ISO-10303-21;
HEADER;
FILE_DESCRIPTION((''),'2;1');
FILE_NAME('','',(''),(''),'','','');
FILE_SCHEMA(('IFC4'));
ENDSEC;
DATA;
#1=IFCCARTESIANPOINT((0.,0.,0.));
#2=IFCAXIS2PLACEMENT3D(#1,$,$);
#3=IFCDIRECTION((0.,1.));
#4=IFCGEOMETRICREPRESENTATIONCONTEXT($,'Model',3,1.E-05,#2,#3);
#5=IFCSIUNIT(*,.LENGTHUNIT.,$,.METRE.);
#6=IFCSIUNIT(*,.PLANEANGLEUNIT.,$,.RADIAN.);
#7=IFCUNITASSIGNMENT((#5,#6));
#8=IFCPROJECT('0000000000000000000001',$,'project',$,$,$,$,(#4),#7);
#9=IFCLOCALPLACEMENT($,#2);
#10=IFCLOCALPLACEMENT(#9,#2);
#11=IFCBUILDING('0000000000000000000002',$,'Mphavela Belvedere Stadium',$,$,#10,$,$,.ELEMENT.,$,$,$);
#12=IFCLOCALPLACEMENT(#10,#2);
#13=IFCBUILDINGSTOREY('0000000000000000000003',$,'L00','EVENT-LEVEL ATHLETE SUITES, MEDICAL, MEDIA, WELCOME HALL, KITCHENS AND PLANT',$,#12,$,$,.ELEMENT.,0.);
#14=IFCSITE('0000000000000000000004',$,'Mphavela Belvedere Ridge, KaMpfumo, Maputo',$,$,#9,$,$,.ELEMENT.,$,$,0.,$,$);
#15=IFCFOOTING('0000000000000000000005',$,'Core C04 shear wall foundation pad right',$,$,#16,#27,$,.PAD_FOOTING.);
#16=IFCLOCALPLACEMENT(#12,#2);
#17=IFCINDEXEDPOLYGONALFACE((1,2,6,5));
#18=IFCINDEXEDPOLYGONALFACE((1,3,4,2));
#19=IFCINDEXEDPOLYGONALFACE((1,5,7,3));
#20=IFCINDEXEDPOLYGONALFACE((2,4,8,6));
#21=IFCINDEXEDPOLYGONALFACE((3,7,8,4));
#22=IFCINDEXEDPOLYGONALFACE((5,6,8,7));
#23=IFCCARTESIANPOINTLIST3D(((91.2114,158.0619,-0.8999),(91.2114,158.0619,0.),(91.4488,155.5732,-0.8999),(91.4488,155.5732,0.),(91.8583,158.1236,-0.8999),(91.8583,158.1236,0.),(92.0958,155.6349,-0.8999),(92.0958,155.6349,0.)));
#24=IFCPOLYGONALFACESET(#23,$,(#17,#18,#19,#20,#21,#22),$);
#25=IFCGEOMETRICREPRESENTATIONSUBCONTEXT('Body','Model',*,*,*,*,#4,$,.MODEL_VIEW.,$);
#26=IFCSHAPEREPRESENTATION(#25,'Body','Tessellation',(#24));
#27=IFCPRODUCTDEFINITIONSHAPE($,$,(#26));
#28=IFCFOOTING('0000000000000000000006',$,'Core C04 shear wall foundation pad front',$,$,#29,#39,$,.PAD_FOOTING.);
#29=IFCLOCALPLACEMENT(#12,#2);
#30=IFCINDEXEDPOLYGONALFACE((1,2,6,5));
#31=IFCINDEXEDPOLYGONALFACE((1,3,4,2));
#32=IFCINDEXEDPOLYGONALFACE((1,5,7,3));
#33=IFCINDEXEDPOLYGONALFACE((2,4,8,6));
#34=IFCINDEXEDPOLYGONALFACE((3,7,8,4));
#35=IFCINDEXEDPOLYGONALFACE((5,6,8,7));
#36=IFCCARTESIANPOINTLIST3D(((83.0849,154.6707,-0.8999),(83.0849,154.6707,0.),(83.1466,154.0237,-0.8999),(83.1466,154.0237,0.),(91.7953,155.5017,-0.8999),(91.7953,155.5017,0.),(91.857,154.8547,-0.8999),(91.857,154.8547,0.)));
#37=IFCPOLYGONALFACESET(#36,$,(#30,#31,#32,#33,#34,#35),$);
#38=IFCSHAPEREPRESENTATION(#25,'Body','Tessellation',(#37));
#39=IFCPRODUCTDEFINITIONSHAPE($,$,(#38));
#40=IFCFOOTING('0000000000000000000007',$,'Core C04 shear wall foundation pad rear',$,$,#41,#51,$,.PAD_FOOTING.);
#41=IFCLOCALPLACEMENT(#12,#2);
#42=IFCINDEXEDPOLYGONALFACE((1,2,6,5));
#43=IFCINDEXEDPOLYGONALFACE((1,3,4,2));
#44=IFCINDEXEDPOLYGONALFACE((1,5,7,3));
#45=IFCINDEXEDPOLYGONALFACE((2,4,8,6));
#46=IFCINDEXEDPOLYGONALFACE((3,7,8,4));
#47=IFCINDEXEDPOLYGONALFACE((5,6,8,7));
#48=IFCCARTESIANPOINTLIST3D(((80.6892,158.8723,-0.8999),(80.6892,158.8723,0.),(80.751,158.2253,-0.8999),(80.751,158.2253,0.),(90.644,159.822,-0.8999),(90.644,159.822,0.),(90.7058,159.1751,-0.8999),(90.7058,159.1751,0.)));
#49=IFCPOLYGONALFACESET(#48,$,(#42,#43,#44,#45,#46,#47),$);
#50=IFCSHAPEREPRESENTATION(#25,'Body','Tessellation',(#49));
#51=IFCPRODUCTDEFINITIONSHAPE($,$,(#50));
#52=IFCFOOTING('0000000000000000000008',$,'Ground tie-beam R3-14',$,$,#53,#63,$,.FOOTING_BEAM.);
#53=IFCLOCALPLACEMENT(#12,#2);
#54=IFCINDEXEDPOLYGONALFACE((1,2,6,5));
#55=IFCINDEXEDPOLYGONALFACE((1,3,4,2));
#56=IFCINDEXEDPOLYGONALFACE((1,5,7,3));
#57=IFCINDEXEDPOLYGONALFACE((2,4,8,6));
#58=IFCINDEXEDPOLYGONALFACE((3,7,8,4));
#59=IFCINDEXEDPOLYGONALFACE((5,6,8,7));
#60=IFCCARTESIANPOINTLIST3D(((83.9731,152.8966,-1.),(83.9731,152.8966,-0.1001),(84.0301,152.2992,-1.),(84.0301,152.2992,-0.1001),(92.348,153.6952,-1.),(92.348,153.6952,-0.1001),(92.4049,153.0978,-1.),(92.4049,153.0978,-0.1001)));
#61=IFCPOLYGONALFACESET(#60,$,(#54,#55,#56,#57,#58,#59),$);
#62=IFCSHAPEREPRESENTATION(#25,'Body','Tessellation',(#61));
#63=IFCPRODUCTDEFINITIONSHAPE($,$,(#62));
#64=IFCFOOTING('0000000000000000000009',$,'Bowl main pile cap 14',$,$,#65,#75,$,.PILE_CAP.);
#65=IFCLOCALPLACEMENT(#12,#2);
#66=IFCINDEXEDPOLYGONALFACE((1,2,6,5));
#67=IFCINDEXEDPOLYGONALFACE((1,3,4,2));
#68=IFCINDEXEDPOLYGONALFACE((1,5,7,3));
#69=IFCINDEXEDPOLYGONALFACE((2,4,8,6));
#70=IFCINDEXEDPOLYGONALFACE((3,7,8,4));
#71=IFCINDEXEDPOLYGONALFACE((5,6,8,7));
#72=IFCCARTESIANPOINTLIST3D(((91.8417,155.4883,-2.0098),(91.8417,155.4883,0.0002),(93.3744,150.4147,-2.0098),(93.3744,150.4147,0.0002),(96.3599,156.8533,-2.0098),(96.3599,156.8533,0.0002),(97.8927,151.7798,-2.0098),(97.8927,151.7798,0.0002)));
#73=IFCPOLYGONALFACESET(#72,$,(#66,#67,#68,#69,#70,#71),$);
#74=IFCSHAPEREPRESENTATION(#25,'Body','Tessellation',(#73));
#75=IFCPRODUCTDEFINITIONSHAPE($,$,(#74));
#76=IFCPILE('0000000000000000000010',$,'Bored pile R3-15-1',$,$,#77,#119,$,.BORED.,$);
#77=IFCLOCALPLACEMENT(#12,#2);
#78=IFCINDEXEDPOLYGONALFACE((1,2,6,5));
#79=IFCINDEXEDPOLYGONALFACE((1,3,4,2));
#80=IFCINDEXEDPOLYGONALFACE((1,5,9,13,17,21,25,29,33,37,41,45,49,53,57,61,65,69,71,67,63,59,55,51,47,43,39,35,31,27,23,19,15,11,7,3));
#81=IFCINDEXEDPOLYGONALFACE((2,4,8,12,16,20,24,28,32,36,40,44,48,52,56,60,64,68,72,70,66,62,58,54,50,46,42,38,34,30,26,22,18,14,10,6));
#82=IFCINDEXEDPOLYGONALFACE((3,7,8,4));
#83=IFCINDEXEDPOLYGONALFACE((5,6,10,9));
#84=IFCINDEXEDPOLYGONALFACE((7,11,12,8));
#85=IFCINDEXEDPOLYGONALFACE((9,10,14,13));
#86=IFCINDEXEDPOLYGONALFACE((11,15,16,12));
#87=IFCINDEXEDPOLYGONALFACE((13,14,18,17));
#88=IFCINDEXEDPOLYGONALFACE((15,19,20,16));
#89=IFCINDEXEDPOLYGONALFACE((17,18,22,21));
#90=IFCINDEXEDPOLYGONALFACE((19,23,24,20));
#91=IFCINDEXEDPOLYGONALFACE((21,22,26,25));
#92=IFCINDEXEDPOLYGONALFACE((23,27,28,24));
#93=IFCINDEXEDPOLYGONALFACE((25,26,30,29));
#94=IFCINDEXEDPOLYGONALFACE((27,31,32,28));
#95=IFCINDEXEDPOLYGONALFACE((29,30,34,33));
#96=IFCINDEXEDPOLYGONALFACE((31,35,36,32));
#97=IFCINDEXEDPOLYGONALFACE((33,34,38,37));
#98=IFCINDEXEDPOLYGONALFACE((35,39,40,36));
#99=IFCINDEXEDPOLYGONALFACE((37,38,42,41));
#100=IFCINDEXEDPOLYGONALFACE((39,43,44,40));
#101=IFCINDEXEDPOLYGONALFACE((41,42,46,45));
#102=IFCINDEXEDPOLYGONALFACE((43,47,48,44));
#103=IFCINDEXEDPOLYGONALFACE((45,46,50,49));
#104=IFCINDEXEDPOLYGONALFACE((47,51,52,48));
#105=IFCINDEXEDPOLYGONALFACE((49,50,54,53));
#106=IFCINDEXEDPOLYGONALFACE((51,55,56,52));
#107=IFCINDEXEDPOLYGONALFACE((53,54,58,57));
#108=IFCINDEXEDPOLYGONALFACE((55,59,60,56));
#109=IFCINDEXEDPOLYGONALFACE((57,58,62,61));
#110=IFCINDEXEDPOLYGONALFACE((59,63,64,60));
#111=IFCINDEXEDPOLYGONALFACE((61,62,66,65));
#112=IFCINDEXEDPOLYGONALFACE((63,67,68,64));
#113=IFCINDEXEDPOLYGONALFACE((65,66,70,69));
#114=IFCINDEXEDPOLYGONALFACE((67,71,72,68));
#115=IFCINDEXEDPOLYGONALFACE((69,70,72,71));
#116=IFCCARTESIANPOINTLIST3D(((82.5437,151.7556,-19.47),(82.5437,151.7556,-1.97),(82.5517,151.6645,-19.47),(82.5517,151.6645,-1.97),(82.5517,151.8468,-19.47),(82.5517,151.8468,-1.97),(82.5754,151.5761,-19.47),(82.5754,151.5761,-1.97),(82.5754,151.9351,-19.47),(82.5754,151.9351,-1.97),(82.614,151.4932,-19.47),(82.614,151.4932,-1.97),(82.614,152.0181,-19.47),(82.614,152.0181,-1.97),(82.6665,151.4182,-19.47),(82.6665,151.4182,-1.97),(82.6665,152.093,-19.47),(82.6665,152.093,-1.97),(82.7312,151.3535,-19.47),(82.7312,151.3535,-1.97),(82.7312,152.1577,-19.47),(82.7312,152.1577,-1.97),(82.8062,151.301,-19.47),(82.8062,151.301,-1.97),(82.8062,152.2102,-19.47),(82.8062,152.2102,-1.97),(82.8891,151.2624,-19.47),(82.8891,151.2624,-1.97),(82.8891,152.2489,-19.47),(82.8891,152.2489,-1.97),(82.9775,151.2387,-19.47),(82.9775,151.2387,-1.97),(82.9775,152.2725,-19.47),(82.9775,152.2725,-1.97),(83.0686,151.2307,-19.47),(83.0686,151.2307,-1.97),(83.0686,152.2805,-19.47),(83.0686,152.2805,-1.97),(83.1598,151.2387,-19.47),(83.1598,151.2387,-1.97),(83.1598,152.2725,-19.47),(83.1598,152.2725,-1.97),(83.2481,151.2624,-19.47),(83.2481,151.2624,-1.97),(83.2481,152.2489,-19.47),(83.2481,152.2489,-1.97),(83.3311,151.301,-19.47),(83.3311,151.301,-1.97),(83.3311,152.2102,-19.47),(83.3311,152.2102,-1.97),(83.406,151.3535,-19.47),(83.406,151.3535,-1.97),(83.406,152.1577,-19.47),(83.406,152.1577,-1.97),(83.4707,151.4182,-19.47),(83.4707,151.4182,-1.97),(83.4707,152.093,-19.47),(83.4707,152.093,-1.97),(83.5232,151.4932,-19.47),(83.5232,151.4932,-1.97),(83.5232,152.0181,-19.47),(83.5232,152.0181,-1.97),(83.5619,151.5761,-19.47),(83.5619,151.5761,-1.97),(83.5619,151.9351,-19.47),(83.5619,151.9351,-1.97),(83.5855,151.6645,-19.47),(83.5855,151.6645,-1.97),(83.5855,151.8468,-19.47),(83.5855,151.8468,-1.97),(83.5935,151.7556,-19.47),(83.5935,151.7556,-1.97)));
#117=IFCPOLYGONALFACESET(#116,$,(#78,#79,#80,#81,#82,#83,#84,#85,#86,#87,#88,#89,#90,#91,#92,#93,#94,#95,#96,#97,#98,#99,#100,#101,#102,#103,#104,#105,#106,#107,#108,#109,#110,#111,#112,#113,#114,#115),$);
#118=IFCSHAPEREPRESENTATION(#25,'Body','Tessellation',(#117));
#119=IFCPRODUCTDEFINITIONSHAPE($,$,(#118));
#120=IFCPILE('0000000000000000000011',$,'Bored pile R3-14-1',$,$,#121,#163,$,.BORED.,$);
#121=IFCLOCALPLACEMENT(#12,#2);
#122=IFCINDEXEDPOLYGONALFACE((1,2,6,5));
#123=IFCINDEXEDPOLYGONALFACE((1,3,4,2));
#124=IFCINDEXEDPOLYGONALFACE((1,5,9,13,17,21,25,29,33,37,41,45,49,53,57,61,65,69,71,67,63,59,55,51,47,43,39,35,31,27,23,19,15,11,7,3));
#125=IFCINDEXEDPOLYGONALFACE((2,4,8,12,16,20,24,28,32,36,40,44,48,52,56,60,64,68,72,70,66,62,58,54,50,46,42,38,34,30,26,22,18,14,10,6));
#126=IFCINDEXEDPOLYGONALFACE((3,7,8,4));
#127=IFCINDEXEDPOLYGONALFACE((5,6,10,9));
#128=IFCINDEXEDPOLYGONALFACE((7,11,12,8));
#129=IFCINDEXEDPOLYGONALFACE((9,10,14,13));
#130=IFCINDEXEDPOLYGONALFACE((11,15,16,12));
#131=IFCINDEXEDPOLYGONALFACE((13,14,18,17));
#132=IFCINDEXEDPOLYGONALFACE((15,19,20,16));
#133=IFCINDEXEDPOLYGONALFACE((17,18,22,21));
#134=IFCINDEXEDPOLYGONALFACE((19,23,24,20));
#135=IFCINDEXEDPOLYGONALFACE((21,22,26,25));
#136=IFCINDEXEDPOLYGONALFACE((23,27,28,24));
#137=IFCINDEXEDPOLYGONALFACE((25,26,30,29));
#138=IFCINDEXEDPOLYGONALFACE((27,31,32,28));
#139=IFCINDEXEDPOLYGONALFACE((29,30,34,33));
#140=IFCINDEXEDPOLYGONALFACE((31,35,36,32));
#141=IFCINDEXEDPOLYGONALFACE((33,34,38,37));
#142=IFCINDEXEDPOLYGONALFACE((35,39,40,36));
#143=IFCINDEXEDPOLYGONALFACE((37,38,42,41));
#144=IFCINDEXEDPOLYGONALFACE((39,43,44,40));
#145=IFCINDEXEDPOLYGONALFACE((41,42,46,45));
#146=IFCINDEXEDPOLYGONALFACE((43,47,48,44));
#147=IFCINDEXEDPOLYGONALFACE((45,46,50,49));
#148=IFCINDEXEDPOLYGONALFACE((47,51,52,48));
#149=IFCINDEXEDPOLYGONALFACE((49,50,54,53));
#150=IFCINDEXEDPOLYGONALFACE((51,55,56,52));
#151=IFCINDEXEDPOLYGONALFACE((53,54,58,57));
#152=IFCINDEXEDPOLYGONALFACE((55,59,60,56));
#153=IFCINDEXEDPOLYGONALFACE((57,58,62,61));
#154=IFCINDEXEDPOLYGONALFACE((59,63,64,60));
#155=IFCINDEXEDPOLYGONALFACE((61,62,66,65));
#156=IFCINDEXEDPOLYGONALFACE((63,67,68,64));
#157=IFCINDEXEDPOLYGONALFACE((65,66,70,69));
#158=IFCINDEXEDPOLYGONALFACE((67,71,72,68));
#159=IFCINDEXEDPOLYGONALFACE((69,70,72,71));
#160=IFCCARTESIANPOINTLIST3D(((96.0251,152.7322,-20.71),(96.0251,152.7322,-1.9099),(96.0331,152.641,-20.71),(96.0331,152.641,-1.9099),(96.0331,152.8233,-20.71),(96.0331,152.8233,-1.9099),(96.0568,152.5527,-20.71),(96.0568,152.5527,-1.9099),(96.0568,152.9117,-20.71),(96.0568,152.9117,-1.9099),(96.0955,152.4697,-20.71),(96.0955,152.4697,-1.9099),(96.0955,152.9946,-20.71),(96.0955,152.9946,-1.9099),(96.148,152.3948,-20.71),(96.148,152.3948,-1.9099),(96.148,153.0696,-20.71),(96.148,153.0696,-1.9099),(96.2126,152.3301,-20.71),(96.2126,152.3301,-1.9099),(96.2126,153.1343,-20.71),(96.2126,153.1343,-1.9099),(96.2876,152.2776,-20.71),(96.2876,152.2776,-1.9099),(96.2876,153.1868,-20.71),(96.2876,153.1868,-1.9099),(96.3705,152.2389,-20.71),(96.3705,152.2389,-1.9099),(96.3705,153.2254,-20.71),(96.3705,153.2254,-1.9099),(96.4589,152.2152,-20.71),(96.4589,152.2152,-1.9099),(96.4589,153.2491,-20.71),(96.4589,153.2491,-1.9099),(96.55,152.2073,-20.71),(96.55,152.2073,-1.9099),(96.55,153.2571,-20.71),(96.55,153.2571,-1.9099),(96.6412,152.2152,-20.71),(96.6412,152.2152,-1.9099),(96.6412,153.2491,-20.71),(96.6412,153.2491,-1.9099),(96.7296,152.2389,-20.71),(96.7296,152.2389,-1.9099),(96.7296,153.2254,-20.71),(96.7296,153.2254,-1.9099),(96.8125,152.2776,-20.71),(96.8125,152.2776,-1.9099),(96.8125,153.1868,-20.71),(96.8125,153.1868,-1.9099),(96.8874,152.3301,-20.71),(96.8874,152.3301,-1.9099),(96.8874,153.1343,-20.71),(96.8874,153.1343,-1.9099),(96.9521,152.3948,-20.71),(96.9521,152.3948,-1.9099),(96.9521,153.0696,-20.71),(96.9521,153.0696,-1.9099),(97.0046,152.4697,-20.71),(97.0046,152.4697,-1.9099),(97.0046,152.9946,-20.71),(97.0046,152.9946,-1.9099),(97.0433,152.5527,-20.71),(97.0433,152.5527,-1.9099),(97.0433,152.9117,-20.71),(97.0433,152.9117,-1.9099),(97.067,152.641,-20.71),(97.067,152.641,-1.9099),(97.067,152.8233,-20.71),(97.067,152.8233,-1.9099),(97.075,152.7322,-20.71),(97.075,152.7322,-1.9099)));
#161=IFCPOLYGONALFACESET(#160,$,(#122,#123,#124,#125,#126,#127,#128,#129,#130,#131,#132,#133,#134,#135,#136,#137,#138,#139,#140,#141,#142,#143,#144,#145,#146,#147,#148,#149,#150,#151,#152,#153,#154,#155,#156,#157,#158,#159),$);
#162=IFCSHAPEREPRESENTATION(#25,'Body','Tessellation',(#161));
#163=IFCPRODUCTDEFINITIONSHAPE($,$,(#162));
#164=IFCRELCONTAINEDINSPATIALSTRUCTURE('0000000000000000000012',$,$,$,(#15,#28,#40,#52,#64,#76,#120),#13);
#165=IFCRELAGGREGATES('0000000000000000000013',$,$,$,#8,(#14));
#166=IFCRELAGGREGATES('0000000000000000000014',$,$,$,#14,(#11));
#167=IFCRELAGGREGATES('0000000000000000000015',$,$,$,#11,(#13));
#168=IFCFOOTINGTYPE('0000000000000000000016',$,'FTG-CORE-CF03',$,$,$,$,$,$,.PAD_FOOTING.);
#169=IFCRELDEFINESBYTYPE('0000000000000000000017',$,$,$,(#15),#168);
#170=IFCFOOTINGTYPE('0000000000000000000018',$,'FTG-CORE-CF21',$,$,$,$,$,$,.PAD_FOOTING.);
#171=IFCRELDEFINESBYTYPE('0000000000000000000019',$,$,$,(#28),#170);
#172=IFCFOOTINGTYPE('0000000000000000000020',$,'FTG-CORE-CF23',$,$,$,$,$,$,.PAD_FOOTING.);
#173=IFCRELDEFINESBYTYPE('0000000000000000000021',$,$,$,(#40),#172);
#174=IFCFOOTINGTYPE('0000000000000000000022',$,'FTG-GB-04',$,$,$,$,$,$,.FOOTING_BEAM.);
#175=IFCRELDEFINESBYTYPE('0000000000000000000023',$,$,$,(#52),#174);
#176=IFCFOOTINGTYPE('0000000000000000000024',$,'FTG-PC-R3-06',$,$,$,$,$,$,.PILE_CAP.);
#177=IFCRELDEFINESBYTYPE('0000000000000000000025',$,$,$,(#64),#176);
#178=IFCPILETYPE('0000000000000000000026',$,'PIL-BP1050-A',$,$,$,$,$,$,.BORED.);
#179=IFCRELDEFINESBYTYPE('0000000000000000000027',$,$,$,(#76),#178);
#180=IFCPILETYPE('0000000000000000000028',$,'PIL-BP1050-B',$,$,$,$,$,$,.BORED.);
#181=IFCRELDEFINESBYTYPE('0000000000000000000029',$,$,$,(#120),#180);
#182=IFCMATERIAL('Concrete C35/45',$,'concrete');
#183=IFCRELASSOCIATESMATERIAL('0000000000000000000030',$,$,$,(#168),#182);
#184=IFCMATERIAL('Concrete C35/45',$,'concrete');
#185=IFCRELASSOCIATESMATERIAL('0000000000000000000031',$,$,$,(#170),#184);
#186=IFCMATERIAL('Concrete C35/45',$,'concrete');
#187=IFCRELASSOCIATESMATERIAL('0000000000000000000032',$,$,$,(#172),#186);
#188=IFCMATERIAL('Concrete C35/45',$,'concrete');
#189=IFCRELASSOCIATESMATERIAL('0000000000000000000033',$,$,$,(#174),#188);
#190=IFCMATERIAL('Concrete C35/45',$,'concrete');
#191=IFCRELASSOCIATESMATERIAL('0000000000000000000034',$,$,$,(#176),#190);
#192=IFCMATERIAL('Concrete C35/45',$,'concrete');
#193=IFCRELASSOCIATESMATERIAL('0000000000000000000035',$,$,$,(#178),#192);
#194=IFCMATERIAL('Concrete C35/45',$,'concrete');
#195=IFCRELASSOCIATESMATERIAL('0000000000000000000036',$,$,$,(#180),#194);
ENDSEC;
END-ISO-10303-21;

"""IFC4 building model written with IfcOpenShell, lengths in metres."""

from ifc_helpers import new_model, si_unit, direction, frame, origin, origin_2d, place, context, subcontext, project, spatial, rectangle, circle, extrude, material, material_profile, profile_set, type_object, element, save


model = new_model("IFC4")

# Units and contexts
model_context = context("Model", 3, precision=1e-05, world=origin(), true_north=direction((0.0, 1.0)))
body_context = subcontext(model_context, "Body", "Model", "MODEL_VIEW")
ifc_project = project(units=[si_unit("LENGTHUNIT", "METRE"), si_unit("PLANEANGLEUNIT", "RADIAN")], contexts=[model_context])

# Site, building, storey
site_placement = place(None, origin())
site = spatial("IfcSite", under=ifc_project, at=site_placement, Name="Mphavela Belvedere Ridge, KaMpfumo, Maputo", CompositionType="ELEMENT", RefElevation=0.0)
building_placement = place(site_placement, origin())
building = spatial("IfcBuilding", under=site, at=building_placement, Name="Mphavela Belvedere Stadium", CompositionType="ELEMENT")
storey_placement = place(building_placement, origin())
storey = spatial("IfcBuildingStorey", under=building, at=storey_placement, Name="L00", Description="EVENT-LEVEL ATHLETE SUITES, MEDICAL, MEDIA, WELCOME HALL, KITCHENS AND PLANT", CompositionType="ELEMENT", Elevation=0.0)

# Footings
ifc_material_1 = material(Name="Concrete C35/45", Category="concrete")
footing_type_1 = type_object("IfcFootingType", Name="FTG-CORE-CF03", PredefinedType="PAD_FOOTING", material=ifc_material_1)
footing_1_placement = place(storey_placement, frame((91.6536, 156.8484, -0.8999), z_axis=(0.0, 0.0, 1.0), x_axis=(-0.094977, 0.995479, 0.0)))
element("IfcFooting", 1, at=footing_1_placement, inside=storey, type_object=footing_type_1, Name="Core C04 shear wall foundation pad right", PredefinedType="PAD_FOOTING", context=body_context, shape_type="SweptSolid", body=[
    extrude(rectangle(XDim=2.5, YDim=0.6499, at=origin_2d()), origin(), (0.0, 0.0, 1.0), 0.8999),
])
ifc_material_2 = material(Name="Concrete C35/45", Category="concrete")
footing_type_2 = type_object("IfcFootingType", Name="FTG-CORE-CF21", PredefinedType="PAD_FOOTING", material=ifc_material_2)
footing_2_placement = place(storey_placement, frame((87.4709, 154.7627, -0.8999), z_axis=(0.0, 0.0, 1.0), x_axis=(0.995479, 0.094977, 0.0)))
element("IfcFooting", 2, at=footing_2_placement, inside=storey, type_object=footing_type_2, Name="Core C04 shear wall foundation pad front", PredefinedType="PAD_FOOTING", context=body_context, shape_type="SweptSolid", body=[
    extrude(rectangle(XDim=8.75, YDim=0.6499, at=origin_2d()), origin(), (0.0, 0.0, 1.0), 0.8999),
])
ifc_material_3 = material(Name="Concrete C35/45", Category="concrete")
footing_type_3 = type_object("IfcFootingType", Name="FTG-CORE-CF23", PredefinedType="PAD_FOOTING", material=ifc_material_3)
footing_3_placement = place(storey_placement, frame((85.6975, 159.0237, -0.8999), z_axis=(0.0, 0.0, 1.0), x_axis=(0.995479, 0.094977, 0.0)))
element("IfcFooting", 3, at=footing_3_placement, inside=storey, type_object=footing_type_3, Name="Core C04 shear wall foundation pad rear", PredefinedType="PAD_FOOTING", context=body_context, shape_type="SweptSolid", body=[
    extrude(rectangle(XDim=10.0, YDim=0.6499, at=origin_2d()), origin(), (0.0, 0.0, 1.0), 0.8999),
])
ifc_material_4 = material(Name="Concrete C35/45", Category="concrete")
ifc_material_profile_1 = material_profile(ifc_material_4, rectangle(XDim=0.6001, YDim=0.8999, at=origin_2d()), Name="GB 600x900")
ifc_profile_set_1 = profile_set([ifc_material_profile_1], Name="Concrete C35/45")
footing_type_4 = type_object("IfcFootingType", Name="FTG-GB-04", PredefinedType="FOOTING_BEAM", material=ifc_profile_set_1)
footing_4_placement = place(storey_placement, frame((92.3765, 153.3965, -0.55), z_axis=(-0.995484, -0.094925, 0.0), x_axis=(0.094925, -0.995484, 0.0)))
element("IfcFooting", 4, at=footing_4_placement, inside=storey, type_object=footing_type_4, Name="Ground tie-beam R3-14", PredefinedType="FOOTING_BEAM", context=body_context, shape_type="SweptSolid", body=[
    extrude(rectangle(XDim=0.6001, YDim=0.8999, at=origin_2d()), origin(), (0.0, 0.0, 1.0), 8.4128),
])
ifc_material_5 = material(Name="Concrete C35/45", Category="concrete")
footing_type_5 = type_object("IfcFootingType", Name="FTG-PC-R3-06", PredefinedType="PILE_CAP", material=ifc_material_5)
footing_5_placement = place(storey_placement, frame((94.8672, 153.634, -2.0098), z_axis=(0.0, 0.0, 1.0), x_axis=(-0.289199, 0.957269, 0.0)))
element("IfcFooting", 5, at=footing_5_placement, inside=storey, type_object=footing_type_5, Name="Bowl main pile cap 14", PredefinedType="PILE_CAP", context=body_context, shape_type="SweptSolid", body=[
    extrude(rectangle(XDim=5.3, YDim=4.72, at=origin_2d()), origin(), (0.0, 0.0, 1.0), 2.01),
])

# Piles
ifc_material_6 = material(Name="Concrete C35/45", Category="concrete")
ifc_material_profile_2 = material_profile(ifc_material_6, circle(Radius=0.5249, at=origin_2d()), Name="BP D1050")
ifc_profile_set_2 = profile_set([ifc_material_profile_2], Name="Concrete C35/45")
pile_type_1 = type_object("IfcPileType", Name="PIL-BP1050-A", PredefinedType="BORED", material=ifc_profile_set_2)
pile_placement = place(storey_placement, frame((83.0686, 151.7556, -1.97), z_axis=(0.0, 0.0, -1.0), x_axis=(1.0, 0.0, 0.0)))
element("IfcPile", 6, at=pile_placement, inside=storey, type_object=pile_type_1, Name="Bored pile R3-15-1", PredefinedType="BORED", context=body_context, shape_type="SweptSolid", body=[
    extrude(circle(Radius=0.5249, at=origin_2d()), origin(), (0.0, 0.0, 1.0), 17.5),
])
ifc_material_7 = material(Name="Concrete C35/45", Category="concrete")
ifc_material_profile_3 = material_profile(ifc_material_7, circle(Radius=0.5249, at=origin_2d()), Name="BP D1050")
ifc_profile_set_3 = profile_set([ifc_material_profile_3], Name="Concrete C35/45")
pile_type_2 = type_object("IfcPileType", Name="PIL-BP1050-B", PredefinedType="BORED", material=ifc_profile_set_3)
for number, where, z_axis, x_axis, name in (
    (7, (96.55, 152.7322, -1.9099), (0.0, 0.0, -1.0), (1.0, 0.0, 0.0), "Bored pile R3-14-1"),
):
    element("IfcPile", number, at=place(storey_placement, frame(where, z_axis=z_axis, x_axis=x_axis)), inside=storey, type_object=pile_type_2, Name=name, PredefinedType="BORED", context=body_context, shape_type="SweptSolid", body=[
        extrude(circle(Radius=0.5249, at=origin_2d()), origin(), (0.0, 0.0, 1.0), 18.8),
    ])

save(model, "model.ifc")
